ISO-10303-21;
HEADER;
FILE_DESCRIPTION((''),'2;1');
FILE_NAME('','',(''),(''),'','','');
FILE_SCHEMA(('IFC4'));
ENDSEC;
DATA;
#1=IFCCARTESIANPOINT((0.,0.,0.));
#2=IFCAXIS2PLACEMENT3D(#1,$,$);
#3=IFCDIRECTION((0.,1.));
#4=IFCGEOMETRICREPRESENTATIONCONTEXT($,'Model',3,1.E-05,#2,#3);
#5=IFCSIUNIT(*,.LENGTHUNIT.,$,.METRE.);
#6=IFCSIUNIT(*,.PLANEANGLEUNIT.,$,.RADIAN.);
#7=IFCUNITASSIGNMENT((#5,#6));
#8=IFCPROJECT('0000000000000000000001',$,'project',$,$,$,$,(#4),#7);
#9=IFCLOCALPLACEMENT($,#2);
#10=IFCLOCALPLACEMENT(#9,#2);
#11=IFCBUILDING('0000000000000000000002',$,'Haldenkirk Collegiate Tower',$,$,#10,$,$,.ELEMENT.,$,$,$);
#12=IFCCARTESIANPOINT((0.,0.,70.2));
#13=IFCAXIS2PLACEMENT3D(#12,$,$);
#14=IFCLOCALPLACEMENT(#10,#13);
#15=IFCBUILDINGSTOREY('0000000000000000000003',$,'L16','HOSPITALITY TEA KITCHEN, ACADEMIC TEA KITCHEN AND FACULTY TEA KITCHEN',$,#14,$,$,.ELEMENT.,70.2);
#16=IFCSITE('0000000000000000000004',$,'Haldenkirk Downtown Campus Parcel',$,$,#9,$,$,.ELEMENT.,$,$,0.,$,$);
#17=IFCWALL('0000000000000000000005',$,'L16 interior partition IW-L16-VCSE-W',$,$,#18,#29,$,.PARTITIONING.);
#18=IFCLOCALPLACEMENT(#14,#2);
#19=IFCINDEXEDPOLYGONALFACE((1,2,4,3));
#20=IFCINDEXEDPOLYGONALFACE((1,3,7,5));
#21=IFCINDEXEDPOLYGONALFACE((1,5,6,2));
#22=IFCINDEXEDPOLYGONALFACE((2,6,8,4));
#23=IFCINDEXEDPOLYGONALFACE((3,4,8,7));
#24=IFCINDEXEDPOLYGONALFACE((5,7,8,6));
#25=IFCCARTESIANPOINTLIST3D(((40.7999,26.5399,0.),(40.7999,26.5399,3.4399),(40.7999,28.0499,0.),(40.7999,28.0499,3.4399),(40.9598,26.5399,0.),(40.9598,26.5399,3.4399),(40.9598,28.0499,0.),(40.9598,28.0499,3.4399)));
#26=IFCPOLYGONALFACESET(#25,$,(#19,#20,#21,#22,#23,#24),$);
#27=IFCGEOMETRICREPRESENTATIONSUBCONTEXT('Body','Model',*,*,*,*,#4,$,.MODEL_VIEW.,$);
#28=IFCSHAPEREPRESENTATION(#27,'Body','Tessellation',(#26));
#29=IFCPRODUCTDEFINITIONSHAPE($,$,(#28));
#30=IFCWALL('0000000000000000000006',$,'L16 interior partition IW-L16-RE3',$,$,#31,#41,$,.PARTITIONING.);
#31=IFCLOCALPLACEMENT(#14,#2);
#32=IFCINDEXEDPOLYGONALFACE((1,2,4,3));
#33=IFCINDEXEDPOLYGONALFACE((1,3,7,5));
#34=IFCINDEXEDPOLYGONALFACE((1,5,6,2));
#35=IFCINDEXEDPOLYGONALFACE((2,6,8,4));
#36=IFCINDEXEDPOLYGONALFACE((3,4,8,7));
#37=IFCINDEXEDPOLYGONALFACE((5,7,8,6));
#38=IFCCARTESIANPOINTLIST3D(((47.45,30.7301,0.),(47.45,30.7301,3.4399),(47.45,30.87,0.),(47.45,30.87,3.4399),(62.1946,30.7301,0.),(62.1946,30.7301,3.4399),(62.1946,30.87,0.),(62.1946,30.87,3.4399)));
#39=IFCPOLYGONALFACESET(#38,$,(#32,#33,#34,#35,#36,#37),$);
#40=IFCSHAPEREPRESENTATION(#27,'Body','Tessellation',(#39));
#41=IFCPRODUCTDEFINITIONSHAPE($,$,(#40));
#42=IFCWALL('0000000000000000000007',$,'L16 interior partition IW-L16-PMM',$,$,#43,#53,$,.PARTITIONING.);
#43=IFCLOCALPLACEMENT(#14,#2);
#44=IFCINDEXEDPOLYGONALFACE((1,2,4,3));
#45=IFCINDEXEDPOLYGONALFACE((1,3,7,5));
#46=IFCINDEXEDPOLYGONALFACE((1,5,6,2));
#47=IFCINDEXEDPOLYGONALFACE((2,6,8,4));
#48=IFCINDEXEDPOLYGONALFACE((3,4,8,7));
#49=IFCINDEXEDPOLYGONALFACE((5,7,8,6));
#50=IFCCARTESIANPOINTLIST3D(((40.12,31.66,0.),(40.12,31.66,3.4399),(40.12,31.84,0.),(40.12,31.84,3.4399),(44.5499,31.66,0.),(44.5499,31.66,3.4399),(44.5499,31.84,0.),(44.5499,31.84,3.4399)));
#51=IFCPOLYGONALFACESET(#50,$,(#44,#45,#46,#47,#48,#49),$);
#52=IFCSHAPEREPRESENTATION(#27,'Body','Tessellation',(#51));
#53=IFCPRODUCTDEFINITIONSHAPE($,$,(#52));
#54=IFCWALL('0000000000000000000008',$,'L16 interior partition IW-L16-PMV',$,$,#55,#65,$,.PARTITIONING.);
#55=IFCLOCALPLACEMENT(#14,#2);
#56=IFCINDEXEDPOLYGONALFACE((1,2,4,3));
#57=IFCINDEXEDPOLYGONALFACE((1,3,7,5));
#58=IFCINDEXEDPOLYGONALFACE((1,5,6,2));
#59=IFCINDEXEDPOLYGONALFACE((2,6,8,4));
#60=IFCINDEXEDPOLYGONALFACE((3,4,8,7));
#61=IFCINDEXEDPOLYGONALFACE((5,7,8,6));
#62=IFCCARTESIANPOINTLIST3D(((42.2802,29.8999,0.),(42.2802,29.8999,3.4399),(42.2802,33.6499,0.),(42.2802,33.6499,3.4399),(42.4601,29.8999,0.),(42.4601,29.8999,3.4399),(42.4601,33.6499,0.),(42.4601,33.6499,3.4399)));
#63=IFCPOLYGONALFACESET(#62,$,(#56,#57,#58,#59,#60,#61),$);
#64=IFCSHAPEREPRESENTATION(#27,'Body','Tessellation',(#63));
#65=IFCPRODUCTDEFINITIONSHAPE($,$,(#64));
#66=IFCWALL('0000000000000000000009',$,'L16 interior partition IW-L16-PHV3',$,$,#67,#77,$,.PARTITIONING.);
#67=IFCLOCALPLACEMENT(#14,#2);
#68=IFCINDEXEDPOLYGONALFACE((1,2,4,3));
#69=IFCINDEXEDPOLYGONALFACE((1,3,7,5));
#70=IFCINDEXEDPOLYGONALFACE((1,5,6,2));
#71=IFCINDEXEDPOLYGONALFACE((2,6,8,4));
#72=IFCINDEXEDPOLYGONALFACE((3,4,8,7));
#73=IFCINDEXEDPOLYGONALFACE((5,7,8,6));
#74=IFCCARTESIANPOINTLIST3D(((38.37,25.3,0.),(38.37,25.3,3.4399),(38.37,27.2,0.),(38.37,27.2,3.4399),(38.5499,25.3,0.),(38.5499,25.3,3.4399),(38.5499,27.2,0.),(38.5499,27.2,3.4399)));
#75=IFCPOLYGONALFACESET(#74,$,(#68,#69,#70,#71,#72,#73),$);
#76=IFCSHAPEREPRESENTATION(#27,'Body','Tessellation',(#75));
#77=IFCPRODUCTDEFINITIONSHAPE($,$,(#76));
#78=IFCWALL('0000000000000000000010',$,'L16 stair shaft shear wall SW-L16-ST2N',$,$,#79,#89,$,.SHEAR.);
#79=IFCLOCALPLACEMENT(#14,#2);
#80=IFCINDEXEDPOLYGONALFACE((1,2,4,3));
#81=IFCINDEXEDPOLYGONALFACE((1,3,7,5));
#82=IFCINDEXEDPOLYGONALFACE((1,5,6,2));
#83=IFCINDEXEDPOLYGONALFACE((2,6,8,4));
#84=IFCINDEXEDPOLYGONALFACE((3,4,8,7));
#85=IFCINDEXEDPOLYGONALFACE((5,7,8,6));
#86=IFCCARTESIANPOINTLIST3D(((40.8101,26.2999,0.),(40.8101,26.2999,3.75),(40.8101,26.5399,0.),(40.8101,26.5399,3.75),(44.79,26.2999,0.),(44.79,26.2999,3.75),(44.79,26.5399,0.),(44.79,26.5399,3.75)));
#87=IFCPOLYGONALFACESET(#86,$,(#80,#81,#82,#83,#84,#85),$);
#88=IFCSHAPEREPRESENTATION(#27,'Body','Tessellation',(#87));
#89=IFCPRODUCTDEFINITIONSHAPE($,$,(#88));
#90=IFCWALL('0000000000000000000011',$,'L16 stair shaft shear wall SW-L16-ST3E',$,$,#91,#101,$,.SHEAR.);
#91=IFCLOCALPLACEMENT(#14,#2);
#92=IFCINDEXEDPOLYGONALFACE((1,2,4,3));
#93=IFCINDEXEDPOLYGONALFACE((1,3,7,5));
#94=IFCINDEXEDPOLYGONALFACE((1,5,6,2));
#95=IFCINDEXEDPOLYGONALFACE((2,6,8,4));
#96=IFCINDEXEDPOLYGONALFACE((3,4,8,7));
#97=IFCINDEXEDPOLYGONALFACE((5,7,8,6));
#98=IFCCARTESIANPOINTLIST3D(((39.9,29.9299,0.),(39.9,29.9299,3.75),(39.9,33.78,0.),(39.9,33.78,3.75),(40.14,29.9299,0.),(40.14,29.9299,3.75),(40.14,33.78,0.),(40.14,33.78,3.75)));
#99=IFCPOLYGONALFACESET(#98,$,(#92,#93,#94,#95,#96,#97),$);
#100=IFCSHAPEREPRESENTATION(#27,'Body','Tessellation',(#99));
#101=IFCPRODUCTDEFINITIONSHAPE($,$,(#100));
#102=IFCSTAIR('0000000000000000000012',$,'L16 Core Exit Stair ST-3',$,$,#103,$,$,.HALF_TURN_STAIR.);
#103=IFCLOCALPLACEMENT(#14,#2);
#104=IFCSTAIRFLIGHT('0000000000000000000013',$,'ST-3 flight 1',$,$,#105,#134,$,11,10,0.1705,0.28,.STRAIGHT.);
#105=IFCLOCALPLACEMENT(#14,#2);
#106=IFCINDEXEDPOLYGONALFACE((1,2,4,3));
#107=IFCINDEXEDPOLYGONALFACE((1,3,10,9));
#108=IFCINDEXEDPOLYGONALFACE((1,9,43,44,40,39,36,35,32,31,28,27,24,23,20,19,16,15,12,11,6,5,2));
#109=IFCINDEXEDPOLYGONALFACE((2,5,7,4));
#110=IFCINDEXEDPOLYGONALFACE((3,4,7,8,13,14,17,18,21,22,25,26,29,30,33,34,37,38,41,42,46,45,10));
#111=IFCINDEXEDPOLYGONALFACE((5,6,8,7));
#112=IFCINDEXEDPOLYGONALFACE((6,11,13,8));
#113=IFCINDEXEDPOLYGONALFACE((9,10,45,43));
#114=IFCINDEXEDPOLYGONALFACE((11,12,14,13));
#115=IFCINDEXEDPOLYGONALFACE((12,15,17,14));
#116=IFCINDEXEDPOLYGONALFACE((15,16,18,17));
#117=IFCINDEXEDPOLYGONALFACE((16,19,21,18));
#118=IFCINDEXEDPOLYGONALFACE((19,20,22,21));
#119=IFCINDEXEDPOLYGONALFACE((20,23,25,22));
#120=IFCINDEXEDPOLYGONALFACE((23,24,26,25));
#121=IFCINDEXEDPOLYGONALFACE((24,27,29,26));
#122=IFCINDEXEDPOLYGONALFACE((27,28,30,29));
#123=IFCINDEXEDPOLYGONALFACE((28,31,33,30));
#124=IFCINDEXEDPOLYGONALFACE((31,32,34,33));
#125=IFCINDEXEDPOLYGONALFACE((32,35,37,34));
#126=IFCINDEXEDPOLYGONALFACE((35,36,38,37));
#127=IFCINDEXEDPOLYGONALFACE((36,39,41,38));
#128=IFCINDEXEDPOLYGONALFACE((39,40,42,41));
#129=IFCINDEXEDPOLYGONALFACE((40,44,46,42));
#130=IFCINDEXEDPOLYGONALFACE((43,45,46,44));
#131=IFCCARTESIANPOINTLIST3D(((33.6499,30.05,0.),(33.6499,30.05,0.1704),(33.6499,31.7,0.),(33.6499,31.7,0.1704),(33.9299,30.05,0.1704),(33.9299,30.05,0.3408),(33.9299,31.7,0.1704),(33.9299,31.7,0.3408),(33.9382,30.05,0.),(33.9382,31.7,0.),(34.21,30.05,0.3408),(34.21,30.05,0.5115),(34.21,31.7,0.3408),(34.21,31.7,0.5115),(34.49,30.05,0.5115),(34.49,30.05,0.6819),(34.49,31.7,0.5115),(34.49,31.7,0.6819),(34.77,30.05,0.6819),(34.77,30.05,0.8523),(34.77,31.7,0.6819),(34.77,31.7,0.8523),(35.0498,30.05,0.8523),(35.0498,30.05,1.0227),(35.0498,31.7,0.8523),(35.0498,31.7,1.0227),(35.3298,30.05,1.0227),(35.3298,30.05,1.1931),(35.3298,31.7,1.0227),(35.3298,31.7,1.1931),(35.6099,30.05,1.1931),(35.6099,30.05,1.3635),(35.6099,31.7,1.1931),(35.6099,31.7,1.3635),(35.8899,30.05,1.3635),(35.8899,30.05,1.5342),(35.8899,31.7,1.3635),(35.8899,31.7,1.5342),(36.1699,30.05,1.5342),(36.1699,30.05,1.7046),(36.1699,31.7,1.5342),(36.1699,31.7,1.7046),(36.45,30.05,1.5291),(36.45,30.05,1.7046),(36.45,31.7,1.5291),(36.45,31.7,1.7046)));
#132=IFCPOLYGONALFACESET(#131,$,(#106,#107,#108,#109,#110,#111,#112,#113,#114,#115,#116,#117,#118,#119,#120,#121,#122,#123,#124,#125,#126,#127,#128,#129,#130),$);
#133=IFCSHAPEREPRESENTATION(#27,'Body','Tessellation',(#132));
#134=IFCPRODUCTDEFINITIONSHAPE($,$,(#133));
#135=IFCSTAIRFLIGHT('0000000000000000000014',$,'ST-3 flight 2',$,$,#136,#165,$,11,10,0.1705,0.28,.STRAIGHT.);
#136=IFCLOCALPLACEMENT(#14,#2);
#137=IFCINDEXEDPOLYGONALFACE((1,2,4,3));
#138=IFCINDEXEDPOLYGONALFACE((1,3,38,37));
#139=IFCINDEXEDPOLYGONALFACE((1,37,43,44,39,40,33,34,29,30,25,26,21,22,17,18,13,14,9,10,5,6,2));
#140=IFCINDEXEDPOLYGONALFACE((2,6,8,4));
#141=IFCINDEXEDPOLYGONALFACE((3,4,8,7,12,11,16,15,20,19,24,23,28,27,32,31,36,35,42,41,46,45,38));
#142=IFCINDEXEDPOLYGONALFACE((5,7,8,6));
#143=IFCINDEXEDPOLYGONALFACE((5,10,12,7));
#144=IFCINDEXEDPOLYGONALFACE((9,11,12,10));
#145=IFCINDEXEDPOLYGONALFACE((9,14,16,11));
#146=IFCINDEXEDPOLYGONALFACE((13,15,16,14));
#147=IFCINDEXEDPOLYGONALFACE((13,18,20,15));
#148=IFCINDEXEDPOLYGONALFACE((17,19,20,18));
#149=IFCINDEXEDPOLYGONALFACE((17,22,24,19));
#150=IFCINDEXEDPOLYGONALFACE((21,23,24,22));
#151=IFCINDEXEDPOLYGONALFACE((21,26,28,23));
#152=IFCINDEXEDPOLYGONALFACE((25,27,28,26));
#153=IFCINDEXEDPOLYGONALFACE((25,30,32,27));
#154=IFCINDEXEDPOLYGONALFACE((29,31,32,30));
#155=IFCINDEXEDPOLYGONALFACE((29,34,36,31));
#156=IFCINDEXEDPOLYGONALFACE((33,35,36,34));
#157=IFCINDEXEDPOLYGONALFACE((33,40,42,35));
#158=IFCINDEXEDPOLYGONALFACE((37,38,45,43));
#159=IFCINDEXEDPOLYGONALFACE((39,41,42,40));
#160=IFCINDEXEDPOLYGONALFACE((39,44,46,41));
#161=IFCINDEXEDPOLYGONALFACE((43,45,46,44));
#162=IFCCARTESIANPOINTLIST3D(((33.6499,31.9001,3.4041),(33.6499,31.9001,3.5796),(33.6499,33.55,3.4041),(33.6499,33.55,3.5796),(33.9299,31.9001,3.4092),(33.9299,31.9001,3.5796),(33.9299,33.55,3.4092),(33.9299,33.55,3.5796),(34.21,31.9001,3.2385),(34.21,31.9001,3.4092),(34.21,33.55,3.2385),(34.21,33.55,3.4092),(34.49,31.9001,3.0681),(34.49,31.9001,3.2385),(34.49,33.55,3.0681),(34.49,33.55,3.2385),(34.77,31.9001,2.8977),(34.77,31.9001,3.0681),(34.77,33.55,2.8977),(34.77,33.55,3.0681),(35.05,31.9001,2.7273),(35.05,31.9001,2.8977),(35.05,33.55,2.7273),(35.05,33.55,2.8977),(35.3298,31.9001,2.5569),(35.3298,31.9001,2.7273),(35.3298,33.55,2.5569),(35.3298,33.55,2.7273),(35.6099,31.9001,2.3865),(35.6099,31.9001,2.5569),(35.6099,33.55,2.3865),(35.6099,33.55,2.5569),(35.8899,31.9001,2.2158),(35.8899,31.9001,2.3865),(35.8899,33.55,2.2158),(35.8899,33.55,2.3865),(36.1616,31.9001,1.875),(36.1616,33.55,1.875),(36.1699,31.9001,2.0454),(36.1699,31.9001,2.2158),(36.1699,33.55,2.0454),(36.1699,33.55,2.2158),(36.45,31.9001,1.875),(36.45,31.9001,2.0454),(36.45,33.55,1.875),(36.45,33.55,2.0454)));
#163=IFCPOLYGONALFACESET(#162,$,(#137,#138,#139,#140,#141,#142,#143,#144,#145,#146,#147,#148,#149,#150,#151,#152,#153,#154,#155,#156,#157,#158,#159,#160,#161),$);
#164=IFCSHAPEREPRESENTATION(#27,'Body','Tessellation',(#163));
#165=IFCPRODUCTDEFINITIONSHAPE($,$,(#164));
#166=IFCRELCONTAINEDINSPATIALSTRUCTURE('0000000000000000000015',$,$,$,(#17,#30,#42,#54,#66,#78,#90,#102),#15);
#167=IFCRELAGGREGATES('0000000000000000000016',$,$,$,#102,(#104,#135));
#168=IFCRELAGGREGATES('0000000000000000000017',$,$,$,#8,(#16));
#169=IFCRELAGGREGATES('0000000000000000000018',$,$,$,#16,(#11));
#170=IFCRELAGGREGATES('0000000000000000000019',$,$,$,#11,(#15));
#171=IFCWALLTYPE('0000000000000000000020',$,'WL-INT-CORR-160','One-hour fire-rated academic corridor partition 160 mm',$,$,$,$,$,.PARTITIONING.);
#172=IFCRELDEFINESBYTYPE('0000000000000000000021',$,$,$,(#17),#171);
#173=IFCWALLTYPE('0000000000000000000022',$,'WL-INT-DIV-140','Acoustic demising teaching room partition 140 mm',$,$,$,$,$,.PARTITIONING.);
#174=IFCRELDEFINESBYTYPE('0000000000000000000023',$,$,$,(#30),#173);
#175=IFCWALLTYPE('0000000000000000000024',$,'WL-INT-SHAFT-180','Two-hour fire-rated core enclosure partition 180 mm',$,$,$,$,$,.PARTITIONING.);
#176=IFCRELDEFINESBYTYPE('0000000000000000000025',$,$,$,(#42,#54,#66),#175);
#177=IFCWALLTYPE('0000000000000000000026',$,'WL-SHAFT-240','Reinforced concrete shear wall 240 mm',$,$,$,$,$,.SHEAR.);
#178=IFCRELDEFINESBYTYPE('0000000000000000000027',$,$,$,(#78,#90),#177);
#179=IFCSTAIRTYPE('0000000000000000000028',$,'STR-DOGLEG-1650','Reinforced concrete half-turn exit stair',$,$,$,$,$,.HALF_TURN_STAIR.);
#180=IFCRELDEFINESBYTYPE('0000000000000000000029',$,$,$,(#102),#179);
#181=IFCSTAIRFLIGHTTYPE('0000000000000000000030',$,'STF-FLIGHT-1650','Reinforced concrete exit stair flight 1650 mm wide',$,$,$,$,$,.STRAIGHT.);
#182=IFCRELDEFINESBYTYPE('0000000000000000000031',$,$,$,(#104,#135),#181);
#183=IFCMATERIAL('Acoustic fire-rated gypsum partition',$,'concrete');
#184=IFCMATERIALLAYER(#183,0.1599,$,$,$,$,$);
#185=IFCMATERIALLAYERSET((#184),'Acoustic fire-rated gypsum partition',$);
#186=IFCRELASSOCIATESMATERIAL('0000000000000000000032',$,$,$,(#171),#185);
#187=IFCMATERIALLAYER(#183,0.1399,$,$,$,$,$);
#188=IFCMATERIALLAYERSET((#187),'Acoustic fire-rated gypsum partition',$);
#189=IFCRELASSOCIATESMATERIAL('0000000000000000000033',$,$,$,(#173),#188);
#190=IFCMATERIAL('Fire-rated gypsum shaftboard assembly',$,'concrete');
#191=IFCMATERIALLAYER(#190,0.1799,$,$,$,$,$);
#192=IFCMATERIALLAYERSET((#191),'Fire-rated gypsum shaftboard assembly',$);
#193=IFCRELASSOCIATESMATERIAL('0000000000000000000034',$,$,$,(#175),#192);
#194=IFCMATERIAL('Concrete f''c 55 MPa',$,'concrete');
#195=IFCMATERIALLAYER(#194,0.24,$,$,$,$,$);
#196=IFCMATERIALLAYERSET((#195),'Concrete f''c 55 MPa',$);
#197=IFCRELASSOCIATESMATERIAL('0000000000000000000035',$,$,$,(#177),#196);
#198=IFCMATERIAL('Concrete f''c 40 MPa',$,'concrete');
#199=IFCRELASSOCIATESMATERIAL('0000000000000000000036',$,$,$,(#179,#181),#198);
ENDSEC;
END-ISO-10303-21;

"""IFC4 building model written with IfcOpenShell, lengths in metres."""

from ifc_helpers import new_model, si_unit, direction, frame, frame_2d, origin, place, context, subcontext, project, spatial, polyline, rectangle, outline, extrude, material, layer, layer_set, type_object, element, aggregate, save


model = new_model("IFC4")

# Units and contexts
model_context = context("Model", 3, precision=1e-05, world=origin(), true_north=direction((0.0, 1.0)))
body_context = subcontext(model_context, "Body", "Model", "MODEL_VIEW")
ifc_project = project(units=[si_unit("LENGTHUNIT", "METRE"), si_unit("PLANEANGLEUNIT", "RADIAN")], contexts=[model_context])

# Site, building, storey
site_placement = place(None, origin())
site = spatial("IfcSite", under=ifc_project, at=site_placement, Name="Haldenkirk Downtown Campus Parcel", CompositionType="ELEMENT", RefElevation=0.0)
building_placement = place(site_placement, origin())
building = spatial("IfcBuilding", under=site, at=building_placement, Name="Haldenkirk Collegiate Tower", CompositionType="ELEMENT")
storey_placement = place(building_placement, frame((0.0, 0.0, 70.2)))
storey = spatial("IfcBuildingStorey", under=building, at=storey_placement, Name="L16", Description="HOSPITALITY TEA KITCHEN, ACADEMIC TEA KITCHEN AND FACULTY TEA KITCHEN", CompositionType="ELEMENT", Elevation=70.2)

# Shared definitions
ifc_material_1 = material(Name="Acoustic fire-rated gypsum partition", Category="concrete")
ifc_layer_1 = layer(ifc_material_1, 0.1599)
ifc_layer_set_1 = layer_set([ifc_layer_1], Name="Acoustic fire-rated gypsum partition")
wall_type_1 = type_object("IfcWallType", Name="WL-INT-CORR-160", Description="One-hour fire-rated academic corridor partition 160 mm", PredefinedType="PARTITIONING", material=ifc_layer_set_1)

# Walls
wall_1_placement = place(storey_placement, frame((40.8799, 26.54, 0.0), z_axis=(0.0, 0.0, 1.0), x_axis=(0.0, 1.0, 0.0)))
element("IfcWall", 1, at=wall_1_placement, inside=storey, type_object=wall_type_1, Name="L16 interior partition IW-L16-VCSE-W", PredefinedType="PARTITIONING", context=body_context, shape_type="SweptSolid", body=[
    extrude(rectangle(XDim=1.51, YDim=0.1599, at=frame_2d((0.7549, 0.0))), origin(), (0.0, 0.0, 1.0), 3.4399),
])
ifc_layer_2 = layer(ifc_material_1, 0.1399)
ifc_layer_set_2 = layer_set([ifc_layer_2], Name="Acoustic fire-rated gypsum partition")
wall_type_2 = type_object("IfcWallType", Name="WL-INT-DIV-140", Description="Acoustic demising teaching room partition 140 mm", PredefinedType="PARTITIONING", material=ifc_layer_set_2)
wall_2_placement = place(storey_placement, frame((47.45, 30.8, 0.0), z_axis=(0.0, 0.0, 1.0), x_axis=(1.0, 0.0, 0.0)))
element("IfcWall", 2, at=wall_2_placement, inside=storey, type_object=wall_type_2, Name="L16 interior partition IW-L16-RE3", PredefinedType="PARTITIONING", context=body_context, shape_type="SweptSolid", body=[
    extrude(rectangle(XDim=14.7446, YDim=0.1399, at=frame_2d((7.3723, 0.0))), origin(), (0.0, 0.0, 1.0), 3.4399),
])

# Shared definitions
ifc_material_2 = material(Name="Fire-rated gypsum shaftboard assembly", Category="concrete")
ifc_layer_3 = layer(ifc_material_2, 0.1799)
ifc_layer_set_3 = layer_set([ifc_layer_3], Name="Fire-rated gypsum shaftboard assembly")
wall_type_3 = type_object("IfcWallType", Name="WL-INT-SHAFT-180", Description="Two-hour fire-rated core enclosure partition 180 mm", PredefinedType="PARTITIONING", material=ifc_layer_set_3)

# Walls
wall_3_placement = place(storey_placement, frame((40.1201, 31.75, 0.0), z_axis=(0.0, 0.0, 1.0), x_axis=(1.0, 0.0, 0.0)))
element("IfcWall", 3, at=wall_3_placement, inside=storey, type_object=wall_type_3, Name="L16 interior partition IW-L16-PMM", PredefinedType="PARTITIONING", context=body_context, shape_type="SweptSolid", body=[
    extrude(rectangle(XDim=4.4299, YDim=0.1799, at=frame_2d((2.2148, 0.0))), origin(), (0.0, 0.0, 1.0), 3.4399),
])
wall_4_placement = place(storey_placement, frame((42.3701, 29.8999, 0.0), z_axis=(0.0, 0.0, 1.0), x_axis=(0.0, 1.0, 0.0)))
element("IfcWall", 4, at=wall_4_placement, inside=storey, type_object=wall_type_3, Name="L16 interior partition IW-L16-PMV", PredefinedType="PARTITIONING", context=body_context, shape_type="SweptSolid", body=[
    extrude(rectangle(XDim=3.75, YDim=0.1799, at=frame_2d((1.875, 0.0))), origin(), (0.0, 0.0, 1.0), 3.4399),
])
wall_5_placement = place(storey_placement, frame((38.46, 25.3, 0.0), z_axis=(0.0, 0.0, 1.0), x_axis=(0.0, 1.0, 0.0)))
element("IfcWall", 5, at=wall_5_placement, inside=storey, type_object=wall_type_3, Name="L16 interior partition IW-L16-PHV3", PredefinedType="PARTITIONING", context=body_context, shape_type="SweptSolid", body=[
    extrude(rectangle(XDim=1.8999, YDim=0.1799, at=frame_2d((0.95, 0.0))), origin(), (0.0, 0.0, 1.0), 3.4399),
])
ifc_material_3 = material(Name="Concrete f'c 55 MPa", Category="concrete")
ifc_layer_4 = layer(ifc_material_3, 0.24)
ifc_layer_set_4 = layer_set([ifc_layer_4], Name="Concrete f'c 55 MPa")
wall_type_4 = type_object("IfcWallType", Name="WL-SHAFT-240", Description="Reinforced concrete shear wall 240 mm", PredefinedType="SHEAR", material=ifc_layer_set_4)
wall_6_placement = place(storey_placement, frame((40.8101, 26.4199, 0.0), z_axis=(0.0, 0.0, 1.0), x_axis=(1.0, 0.0, 0.0)))
element("IfcWall", 6, at=wall_6_placement, inside=storey, type_object=wall_type_4, Name="L16 stair shaft shear wall SW-L16-ST2N", PredefinedType="SHEAR", context=body_context, shape_type="SweptSolid", body=[
    extrude(rectangle(XDim=3.98, YDim=0.24, at=frame_2d((1.99, 0.0))), origin(), (0.0, 0.0, 1.0), 3.75),
])
wall_7_placement = place(storey_placement, frame((40.02, 29.9299, 0.0), z_axis=(0.0, 0.0, 1.0), x_axis=(0.0, 1.0, 0.0)))
element("IfcWall", 7, at=wall_7_placement, inside=storey, type_object=wall_type_4, Name="L16 stair shaft shear wall SW-L16-ST3E", PredefinedType="SHEAR", context=body_context, shape_type="SweptSolid", body=[
    extrude(rectangle(XDim=3.8501, YDim=0.24, at=frame_2d((1.925, 0.0))), origin(), (0.0, 0.0, 1.0), 3.75),
])

# Stair, stair flights
ifc_material_4 = material(Name="Concrete f'c 40 MPa", Category="concrete")
stair_type = type_object("IfcStairType", Name="STR-DOGLEG-1650", Description="Reinforced concrete half-turn exit stair", PredefinedType="HALF_TURN_STAIR", material=ifc_material_4)
stair_placement = place(storey_placement, origin())
stair = element("IfcStair", 8, at=stair_placement, inside=storey, type_object=stair_type, Name="L16 Core Exit Stair ST-3", PredefinedType="HALF_TURN_STAIR")
stair_flight_type = type_object("IfcStairFlightType", Name="STF-FLIGHT-1650", Description="Reinforced concrete exit stair flight 1650 mm wide", PredefinedType="STRAIGHT", material=ifc_material_4)
stair_flight_1_placement = place(storey_placement, frame((33.6499, 30.875, 0.0), z_axis=(0.0, 0.0, 1.0), x_axis=(1.0, 0.0, 0.0)))
stair_flight_1 = element("IfcStairFlight", 9, at=stair_flight_1_placement, type_object=stair_flight_type, Name="ST-3 flight 1", NumberOfRisers=11, NumberOfTreads=10, PredefinedType="STRAIGHT", RiserHeight=0.1705, TreadLength=0.28, context=body_context, shape_type="SweptSolid", body=[
    extrude(outline(polyline([(0.0, 0.0), (0.0, 0.1704), (0.28, 0.1704), (0.28, 0.3408), (0.5601, 0.3408), (0.5601, 0.5115), (0.8401, 0.5115), (0.8401, 0.6819), (1.1201, 0.6819), (1.1201, 0.8523), (1.3999, 0.8523), (1.3999, 1.0227), (1.6799, 1.0227), (1.6799, 1.1931), (1.96, 1.1931), (1.96, 1.3635), (2.24, 1.3635), (2.24, 1.5342), (2.52, 1.5342), (2.52, 1.7046), (2.8, 1.7046), (2.8, 1.875), (2.8, 1.5291), (0.2883, 0.0), (0.0, 0.0)])), frame((0.0, 0.825, 0.0), z_axis=(0.0, -1.0, 0.0), x_axis=(1.0, 0.0, 0.0)), (0.0, 0.0, 1.0), 1.6499),
])
stair_flight_2_placement = place(storey_placement, frame((36.45, 32.7251, 1.875), z_axis=(0.0, 0.0, 1.0), x_axis=(-1.0, 0.0, 0.0)))
stair_flight_2 = element("IfcStairFlight", 10, at=stair_flight_2_placement, type_object=stair_flight_type, Name="ST-3 flight 2", NumberOfRisers=11, NumberOfTreads=10, PredefinedType="STRAIGHT", RiserHeight=0.1705, TreadLength=0.28, context=body_context, shape_type="SweptSolid", body=[
    extrude(outline(polyline([(0.0, 0.0), (0.0, 0.1704), (0.28, 0.1704), (0.28, 0.3408), (0.5601, 0.3408), (0.5601, 0.5115), (0.8401, 0.5115), (0.8401, 0.6819), (1.1201, 0.6819), (1.1201, 0.8523), (1.3999, 0.8523), (1.3999, 1.0227), (1.6799, 1.0227), (1.6799, 1.1931), (1.96, 1.1931), (1.96, 1.3635), (2.24, 1.3635), (2.24, 1.5342), (2.52, 1.5342), (2.52, 1.7046), (2.8, 1.7046), (2.8, 1.875), (2.8, 1.5291), (0.2883, 0.0), (0.0, 0.0)])), frame((0.0, 0.825, 0.0), z_axis=(0.0, -1.0, 0.0), x_axis=(1.0, 0.0, 0.0)), (0.0, 0.0, 1.0), 1.6499),
])
aggregate(stair, [stair_flight_1, stair_flight_2])

save(model, "model.ifc")
